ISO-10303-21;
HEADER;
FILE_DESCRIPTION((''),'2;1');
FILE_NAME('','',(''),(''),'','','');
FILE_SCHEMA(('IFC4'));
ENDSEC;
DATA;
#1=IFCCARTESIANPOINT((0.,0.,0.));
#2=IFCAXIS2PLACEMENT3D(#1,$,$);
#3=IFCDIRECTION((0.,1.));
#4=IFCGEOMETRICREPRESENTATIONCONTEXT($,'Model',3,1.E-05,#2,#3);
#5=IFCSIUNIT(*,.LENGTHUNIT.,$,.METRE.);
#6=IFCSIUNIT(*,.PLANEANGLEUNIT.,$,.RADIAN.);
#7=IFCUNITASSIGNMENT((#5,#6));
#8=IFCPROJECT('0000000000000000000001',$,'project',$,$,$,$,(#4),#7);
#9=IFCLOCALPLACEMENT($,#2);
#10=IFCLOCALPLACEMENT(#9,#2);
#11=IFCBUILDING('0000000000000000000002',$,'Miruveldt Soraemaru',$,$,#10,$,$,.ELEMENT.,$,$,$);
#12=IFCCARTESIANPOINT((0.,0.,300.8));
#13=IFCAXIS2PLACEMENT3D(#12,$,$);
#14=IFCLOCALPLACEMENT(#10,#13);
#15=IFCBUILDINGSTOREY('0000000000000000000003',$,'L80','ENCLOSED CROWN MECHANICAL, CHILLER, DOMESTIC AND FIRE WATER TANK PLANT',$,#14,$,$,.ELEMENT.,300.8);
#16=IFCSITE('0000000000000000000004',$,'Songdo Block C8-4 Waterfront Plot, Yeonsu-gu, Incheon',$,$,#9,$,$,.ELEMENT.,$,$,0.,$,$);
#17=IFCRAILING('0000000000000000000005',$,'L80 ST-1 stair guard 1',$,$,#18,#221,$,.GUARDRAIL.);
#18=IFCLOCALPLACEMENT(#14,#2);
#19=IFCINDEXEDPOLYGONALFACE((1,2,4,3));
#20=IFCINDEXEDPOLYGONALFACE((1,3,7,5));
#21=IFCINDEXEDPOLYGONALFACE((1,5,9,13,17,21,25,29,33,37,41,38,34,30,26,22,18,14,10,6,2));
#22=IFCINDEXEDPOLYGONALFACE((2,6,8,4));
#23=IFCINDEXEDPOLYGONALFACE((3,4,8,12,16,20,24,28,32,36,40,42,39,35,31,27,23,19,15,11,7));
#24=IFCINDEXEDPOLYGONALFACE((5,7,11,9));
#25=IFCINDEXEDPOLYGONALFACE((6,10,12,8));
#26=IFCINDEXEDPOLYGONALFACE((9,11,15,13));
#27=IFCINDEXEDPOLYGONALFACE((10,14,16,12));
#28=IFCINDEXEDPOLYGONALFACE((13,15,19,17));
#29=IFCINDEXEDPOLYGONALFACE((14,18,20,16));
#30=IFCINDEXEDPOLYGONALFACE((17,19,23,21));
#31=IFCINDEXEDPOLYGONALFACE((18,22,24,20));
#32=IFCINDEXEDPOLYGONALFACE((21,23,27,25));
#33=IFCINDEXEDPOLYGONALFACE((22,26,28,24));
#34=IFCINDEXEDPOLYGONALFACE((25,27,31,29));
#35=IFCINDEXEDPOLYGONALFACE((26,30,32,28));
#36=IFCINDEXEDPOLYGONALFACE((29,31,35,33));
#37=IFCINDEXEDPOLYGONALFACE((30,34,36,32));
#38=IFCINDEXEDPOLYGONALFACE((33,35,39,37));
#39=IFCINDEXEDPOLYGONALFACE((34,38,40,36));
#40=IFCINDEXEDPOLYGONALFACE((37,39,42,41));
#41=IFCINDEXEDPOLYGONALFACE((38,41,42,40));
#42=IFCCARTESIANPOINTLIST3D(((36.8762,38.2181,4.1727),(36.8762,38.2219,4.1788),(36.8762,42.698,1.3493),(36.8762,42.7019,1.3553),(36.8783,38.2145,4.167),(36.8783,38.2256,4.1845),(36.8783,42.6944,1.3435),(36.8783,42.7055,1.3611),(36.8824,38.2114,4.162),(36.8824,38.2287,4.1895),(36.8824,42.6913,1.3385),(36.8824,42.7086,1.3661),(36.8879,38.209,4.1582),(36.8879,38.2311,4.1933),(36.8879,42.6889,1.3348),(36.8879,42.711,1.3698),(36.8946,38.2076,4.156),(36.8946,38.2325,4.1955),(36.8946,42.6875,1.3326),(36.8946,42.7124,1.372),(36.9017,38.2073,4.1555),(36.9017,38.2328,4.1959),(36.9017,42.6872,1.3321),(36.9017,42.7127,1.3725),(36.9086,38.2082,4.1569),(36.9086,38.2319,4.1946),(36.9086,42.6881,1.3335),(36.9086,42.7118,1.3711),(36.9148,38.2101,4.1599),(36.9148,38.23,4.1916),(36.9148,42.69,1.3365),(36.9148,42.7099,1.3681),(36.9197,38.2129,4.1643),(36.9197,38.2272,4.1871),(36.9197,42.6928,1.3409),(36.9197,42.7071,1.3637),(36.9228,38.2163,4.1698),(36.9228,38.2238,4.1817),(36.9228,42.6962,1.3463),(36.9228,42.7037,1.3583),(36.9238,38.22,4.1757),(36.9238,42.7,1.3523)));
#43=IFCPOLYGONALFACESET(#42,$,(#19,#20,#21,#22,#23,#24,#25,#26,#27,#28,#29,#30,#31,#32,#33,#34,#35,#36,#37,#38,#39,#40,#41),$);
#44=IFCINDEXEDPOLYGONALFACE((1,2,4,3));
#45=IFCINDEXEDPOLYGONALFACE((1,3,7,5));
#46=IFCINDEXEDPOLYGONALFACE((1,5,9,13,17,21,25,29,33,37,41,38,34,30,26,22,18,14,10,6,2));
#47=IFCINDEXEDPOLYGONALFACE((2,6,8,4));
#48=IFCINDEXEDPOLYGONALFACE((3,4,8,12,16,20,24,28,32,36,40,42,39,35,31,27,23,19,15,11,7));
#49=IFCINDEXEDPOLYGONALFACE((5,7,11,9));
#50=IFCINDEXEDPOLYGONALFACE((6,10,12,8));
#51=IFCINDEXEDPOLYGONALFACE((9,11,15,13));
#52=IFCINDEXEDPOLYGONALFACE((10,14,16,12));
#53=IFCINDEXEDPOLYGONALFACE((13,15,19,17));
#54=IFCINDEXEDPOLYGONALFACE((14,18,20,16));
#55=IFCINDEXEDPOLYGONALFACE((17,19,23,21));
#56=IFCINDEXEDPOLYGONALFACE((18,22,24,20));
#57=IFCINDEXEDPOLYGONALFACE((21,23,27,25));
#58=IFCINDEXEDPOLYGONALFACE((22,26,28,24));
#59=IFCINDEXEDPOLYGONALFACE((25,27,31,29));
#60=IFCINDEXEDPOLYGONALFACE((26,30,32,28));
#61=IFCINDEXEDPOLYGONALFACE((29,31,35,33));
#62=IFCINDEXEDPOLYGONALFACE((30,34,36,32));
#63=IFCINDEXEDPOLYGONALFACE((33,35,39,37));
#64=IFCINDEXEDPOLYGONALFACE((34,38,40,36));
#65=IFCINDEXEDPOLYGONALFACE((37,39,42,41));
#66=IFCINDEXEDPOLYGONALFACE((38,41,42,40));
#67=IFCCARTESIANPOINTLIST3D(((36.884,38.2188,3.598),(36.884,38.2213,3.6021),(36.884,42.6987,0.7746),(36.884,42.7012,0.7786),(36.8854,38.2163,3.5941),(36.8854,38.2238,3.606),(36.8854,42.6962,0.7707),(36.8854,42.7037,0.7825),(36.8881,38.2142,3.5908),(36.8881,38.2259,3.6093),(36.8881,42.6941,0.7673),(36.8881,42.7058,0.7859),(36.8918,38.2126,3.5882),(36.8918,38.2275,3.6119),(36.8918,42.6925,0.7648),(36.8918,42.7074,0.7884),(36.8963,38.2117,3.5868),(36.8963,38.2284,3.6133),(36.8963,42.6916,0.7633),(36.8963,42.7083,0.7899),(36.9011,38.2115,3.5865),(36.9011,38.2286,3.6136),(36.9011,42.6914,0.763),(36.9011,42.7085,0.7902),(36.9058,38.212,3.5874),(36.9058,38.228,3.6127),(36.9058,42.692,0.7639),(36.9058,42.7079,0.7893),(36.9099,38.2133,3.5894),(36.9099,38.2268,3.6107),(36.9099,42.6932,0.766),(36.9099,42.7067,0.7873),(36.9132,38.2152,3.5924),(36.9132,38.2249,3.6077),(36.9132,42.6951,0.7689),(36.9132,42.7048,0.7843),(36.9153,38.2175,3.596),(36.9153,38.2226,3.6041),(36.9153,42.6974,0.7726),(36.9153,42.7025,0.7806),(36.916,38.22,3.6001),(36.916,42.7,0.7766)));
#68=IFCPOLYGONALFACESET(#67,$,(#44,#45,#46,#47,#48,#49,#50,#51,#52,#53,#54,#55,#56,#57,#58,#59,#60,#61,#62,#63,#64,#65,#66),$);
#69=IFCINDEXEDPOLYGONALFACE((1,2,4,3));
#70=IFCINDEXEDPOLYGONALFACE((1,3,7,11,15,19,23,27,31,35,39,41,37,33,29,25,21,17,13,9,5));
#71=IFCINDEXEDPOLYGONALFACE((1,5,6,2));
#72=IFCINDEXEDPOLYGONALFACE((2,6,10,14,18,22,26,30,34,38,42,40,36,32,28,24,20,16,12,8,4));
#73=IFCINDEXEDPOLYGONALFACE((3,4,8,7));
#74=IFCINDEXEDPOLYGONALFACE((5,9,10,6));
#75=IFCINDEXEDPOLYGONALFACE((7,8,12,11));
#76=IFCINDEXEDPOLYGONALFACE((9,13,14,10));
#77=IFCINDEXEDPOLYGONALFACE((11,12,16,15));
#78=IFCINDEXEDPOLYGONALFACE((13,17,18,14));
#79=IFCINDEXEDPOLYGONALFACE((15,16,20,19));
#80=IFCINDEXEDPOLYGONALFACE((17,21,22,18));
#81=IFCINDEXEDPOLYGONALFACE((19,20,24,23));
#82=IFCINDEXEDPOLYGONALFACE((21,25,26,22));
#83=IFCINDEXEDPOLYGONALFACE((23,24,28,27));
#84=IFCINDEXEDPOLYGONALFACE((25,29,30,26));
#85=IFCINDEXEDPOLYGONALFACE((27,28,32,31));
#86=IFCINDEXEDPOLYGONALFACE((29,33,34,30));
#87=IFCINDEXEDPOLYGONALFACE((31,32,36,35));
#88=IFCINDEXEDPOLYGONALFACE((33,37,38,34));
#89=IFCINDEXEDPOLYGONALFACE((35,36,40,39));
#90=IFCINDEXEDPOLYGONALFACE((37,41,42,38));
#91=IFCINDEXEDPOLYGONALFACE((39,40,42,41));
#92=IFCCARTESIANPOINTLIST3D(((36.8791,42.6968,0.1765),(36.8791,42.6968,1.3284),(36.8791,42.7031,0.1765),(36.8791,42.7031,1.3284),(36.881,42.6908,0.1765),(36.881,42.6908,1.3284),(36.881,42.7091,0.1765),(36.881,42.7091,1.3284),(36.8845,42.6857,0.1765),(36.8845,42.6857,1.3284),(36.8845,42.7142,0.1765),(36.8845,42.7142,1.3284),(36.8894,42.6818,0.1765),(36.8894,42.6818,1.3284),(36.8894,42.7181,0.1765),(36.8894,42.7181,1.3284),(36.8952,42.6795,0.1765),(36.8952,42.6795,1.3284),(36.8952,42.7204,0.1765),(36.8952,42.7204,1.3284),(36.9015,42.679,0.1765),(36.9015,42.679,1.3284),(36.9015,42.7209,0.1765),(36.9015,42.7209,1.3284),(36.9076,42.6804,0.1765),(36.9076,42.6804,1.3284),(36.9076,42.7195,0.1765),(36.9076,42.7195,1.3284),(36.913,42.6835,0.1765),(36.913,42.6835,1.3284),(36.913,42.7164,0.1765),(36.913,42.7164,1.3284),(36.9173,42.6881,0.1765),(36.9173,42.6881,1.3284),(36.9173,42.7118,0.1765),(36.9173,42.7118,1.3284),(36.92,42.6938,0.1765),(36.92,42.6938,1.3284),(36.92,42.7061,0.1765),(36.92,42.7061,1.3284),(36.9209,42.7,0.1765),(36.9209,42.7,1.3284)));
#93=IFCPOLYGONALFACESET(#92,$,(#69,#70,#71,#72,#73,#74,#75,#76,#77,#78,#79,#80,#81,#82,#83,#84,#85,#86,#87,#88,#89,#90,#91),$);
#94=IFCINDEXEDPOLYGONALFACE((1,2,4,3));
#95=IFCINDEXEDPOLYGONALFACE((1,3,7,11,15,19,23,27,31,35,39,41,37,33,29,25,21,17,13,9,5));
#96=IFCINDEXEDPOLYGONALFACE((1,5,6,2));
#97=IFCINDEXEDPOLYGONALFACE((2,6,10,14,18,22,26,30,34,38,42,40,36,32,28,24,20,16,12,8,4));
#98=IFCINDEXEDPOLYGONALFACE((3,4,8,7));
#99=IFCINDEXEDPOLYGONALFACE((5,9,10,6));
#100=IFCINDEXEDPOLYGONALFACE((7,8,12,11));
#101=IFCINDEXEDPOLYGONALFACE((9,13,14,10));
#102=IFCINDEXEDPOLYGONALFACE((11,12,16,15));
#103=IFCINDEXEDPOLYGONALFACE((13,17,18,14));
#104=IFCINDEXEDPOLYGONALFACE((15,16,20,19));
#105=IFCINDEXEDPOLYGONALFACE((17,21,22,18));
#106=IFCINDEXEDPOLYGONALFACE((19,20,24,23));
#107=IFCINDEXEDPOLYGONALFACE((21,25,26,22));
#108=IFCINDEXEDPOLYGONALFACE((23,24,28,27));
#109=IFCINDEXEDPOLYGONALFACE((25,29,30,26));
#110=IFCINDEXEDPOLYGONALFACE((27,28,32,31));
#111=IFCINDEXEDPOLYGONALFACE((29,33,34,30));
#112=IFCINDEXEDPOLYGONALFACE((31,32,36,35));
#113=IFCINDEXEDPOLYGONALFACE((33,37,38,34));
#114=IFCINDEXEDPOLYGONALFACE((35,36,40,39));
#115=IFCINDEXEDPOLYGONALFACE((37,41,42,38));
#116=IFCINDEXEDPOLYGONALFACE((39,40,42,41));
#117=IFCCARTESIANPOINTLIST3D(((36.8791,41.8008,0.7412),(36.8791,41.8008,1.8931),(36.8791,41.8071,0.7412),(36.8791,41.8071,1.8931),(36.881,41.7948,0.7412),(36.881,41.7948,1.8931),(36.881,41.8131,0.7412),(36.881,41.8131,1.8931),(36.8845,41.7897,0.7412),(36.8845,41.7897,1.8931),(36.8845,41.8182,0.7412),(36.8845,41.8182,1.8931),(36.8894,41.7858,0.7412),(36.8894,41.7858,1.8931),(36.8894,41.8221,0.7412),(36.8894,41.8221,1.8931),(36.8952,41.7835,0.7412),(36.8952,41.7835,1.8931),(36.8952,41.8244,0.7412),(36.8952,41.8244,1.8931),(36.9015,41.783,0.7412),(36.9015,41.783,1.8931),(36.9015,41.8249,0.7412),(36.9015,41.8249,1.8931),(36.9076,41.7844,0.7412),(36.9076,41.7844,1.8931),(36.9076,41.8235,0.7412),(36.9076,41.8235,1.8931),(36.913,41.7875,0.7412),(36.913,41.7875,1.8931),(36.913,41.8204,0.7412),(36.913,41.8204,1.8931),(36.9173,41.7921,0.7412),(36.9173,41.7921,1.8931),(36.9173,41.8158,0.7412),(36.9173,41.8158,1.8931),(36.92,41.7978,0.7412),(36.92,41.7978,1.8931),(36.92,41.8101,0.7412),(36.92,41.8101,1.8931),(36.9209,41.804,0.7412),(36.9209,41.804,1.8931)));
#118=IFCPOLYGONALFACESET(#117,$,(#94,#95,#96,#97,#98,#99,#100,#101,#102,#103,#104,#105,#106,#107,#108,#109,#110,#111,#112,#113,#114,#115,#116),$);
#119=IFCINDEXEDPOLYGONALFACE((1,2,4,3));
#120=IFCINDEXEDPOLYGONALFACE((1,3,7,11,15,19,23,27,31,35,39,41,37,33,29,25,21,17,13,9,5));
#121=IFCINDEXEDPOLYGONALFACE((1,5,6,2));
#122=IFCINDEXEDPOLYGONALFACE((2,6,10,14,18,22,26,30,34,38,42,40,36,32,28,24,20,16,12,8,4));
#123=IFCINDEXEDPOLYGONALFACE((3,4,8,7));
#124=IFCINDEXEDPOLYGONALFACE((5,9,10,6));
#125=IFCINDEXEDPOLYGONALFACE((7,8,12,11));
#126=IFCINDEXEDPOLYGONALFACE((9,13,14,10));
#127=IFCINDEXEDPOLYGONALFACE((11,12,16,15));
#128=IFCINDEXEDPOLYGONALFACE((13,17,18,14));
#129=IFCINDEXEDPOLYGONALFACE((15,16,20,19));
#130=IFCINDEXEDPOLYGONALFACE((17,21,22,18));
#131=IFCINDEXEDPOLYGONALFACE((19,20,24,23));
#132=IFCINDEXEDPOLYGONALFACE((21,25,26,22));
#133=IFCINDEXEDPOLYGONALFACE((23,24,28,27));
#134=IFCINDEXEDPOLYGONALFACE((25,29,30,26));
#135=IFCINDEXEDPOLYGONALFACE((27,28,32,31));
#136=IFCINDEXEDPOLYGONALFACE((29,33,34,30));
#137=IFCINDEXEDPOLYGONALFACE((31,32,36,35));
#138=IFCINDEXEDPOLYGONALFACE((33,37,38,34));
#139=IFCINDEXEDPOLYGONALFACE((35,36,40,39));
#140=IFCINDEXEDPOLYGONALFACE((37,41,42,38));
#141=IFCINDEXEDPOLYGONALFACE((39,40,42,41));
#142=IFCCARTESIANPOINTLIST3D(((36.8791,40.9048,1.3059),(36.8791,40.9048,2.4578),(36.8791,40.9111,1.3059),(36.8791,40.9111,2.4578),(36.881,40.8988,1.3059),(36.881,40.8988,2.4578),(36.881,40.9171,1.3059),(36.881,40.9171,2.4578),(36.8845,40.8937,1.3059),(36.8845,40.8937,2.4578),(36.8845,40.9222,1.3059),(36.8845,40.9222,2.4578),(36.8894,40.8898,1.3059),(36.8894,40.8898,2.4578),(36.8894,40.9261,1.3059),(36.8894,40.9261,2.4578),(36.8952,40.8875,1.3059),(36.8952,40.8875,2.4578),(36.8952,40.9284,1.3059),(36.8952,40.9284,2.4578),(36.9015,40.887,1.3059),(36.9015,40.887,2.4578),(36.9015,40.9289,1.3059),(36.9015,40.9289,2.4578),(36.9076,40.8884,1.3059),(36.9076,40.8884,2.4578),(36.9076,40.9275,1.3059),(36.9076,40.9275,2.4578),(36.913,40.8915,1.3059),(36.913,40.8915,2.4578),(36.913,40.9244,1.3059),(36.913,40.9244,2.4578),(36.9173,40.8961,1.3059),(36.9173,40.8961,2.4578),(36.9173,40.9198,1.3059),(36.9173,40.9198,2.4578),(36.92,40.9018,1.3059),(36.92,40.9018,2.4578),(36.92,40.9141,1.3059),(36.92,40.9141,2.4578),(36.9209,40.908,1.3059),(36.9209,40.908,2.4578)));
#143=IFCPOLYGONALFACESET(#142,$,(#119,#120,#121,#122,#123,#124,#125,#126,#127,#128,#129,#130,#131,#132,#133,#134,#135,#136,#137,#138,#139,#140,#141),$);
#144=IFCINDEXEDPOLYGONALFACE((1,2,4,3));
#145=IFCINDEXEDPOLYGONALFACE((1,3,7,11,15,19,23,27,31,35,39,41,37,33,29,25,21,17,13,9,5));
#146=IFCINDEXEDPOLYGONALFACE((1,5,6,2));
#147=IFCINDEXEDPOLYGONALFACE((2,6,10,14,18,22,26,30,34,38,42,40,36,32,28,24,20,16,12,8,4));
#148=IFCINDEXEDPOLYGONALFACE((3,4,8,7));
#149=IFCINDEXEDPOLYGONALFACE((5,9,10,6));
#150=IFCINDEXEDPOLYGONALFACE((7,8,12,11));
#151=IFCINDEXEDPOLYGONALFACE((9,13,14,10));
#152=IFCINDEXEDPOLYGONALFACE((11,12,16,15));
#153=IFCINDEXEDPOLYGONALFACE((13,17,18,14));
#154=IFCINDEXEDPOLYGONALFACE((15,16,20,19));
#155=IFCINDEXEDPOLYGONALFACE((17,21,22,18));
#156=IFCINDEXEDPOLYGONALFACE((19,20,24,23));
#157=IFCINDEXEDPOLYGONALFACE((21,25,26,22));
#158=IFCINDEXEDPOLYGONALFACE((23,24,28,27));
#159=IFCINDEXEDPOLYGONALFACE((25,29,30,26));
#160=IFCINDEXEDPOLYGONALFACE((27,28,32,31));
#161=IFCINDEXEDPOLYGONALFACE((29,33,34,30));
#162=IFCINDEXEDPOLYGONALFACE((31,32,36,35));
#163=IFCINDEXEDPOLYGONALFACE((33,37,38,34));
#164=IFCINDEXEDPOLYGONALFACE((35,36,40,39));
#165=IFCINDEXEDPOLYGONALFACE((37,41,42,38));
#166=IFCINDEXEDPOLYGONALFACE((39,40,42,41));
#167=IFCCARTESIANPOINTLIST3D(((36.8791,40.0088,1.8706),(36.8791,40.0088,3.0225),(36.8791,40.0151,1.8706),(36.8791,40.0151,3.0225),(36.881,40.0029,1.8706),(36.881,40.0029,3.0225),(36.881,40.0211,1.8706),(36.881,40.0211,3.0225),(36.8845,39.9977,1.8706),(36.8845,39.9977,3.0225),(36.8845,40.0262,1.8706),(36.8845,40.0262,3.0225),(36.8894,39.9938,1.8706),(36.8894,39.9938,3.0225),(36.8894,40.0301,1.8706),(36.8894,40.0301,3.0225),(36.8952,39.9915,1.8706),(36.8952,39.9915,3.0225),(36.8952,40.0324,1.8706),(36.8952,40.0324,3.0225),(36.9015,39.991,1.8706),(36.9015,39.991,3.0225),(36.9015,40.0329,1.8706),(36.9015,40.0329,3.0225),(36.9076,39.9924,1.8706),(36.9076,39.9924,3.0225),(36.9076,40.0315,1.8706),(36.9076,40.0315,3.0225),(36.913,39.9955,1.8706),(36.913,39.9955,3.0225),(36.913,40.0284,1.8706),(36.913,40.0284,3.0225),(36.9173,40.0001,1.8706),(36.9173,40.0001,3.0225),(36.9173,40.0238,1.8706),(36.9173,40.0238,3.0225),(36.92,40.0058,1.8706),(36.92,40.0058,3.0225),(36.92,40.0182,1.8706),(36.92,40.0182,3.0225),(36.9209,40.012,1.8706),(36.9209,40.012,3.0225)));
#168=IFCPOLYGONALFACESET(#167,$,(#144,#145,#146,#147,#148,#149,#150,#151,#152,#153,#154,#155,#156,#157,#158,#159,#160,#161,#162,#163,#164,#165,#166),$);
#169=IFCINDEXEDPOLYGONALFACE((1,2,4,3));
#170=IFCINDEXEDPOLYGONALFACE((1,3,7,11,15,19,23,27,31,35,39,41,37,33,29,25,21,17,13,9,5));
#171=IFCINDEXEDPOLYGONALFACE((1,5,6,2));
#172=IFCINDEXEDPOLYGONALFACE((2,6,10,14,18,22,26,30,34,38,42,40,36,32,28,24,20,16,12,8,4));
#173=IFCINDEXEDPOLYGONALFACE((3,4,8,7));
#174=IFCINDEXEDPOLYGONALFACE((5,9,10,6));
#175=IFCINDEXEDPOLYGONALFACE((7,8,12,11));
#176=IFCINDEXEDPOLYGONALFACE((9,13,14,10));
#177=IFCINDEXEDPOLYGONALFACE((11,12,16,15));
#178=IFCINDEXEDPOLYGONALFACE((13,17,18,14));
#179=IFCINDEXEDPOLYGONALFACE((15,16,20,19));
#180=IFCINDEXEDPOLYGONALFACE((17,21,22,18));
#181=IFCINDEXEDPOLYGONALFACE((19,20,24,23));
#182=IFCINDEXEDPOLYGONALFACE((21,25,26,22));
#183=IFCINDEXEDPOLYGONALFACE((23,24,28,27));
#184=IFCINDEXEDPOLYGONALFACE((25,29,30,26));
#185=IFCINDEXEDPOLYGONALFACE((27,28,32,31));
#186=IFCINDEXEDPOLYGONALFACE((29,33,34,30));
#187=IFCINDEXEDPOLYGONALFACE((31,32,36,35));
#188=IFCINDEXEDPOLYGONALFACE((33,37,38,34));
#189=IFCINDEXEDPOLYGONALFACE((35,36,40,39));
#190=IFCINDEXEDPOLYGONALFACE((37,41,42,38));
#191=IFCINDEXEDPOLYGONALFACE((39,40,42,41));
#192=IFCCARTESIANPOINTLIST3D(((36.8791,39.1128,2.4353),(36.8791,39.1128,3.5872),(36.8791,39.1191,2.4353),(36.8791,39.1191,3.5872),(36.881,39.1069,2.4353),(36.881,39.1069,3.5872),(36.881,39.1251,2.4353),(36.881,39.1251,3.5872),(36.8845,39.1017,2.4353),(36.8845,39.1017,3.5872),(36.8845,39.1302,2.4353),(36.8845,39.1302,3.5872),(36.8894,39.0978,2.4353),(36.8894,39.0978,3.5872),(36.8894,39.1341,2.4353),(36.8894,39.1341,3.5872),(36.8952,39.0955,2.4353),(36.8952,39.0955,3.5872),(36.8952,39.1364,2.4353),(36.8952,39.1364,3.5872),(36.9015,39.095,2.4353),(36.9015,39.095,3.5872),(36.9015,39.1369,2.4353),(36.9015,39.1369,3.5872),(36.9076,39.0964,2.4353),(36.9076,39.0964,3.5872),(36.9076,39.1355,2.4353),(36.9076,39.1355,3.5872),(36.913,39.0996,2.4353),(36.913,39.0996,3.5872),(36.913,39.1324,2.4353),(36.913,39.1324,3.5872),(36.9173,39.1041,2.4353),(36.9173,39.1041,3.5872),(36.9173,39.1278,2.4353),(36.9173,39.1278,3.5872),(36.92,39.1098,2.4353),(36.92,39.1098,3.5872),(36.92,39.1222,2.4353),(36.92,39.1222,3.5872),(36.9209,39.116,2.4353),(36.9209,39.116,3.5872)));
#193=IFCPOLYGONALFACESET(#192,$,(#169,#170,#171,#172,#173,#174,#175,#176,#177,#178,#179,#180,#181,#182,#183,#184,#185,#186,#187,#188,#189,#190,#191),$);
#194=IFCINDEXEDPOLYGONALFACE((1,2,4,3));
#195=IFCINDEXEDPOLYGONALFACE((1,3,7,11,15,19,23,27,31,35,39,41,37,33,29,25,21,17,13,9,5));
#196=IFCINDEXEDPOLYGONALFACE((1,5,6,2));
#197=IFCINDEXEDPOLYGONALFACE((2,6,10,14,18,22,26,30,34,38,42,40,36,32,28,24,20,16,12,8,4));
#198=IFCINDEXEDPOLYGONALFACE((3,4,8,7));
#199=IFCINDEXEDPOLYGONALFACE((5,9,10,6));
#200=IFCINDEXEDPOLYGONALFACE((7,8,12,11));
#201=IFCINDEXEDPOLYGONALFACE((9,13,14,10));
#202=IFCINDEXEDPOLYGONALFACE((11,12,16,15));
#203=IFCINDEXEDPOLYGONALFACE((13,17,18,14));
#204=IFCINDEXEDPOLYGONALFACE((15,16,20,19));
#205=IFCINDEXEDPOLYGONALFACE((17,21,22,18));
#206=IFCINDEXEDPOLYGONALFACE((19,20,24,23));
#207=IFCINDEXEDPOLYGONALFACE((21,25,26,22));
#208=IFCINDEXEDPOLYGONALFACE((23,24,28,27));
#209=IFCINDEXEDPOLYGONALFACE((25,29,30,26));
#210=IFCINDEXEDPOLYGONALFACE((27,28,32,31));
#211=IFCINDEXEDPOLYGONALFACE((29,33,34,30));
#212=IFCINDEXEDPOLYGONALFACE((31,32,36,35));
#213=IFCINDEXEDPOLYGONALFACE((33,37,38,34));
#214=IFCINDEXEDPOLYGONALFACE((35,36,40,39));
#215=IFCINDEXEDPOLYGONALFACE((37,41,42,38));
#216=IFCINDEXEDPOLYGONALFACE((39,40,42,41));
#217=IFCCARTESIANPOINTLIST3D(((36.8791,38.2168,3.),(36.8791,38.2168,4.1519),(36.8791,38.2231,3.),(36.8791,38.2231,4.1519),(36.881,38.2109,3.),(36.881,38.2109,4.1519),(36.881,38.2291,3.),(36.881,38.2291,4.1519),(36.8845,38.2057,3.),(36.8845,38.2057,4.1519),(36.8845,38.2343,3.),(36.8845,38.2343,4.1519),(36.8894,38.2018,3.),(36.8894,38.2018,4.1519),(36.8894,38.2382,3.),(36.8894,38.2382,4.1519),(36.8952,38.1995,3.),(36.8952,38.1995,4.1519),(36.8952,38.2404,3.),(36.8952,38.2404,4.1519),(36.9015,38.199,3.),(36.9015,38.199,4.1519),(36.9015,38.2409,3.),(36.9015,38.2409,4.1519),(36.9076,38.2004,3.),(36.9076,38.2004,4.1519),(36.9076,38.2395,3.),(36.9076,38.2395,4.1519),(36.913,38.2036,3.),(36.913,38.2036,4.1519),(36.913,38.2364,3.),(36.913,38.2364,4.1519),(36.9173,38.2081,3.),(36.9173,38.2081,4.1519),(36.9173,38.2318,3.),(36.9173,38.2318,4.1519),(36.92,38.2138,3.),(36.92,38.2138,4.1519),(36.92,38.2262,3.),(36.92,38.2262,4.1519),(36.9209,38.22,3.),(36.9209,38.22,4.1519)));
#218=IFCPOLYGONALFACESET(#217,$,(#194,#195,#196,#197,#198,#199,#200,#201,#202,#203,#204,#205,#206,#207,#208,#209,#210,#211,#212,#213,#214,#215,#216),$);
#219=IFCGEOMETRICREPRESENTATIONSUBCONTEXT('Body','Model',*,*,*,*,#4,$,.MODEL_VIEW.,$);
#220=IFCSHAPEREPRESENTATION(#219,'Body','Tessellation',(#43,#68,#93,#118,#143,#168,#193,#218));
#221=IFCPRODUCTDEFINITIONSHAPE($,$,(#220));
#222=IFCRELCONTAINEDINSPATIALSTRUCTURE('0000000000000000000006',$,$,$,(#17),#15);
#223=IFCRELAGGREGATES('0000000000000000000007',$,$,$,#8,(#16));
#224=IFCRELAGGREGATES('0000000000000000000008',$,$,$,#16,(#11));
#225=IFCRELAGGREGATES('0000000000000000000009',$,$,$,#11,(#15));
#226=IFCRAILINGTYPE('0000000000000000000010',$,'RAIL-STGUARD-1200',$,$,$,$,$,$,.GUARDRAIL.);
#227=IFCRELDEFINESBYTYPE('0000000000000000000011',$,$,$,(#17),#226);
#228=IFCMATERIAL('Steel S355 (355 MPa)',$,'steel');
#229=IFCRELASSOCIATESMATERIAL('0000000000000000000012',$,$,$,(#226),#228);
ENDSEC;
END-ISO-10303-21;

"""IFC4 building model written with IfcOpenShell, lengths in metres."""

from ifc_helpers import new_model, si_unit, direction, frame, origin, origin_2d, place, context, subcontext, project, spatial, circle, extrude, material, type_object, element, save


model = new_model("IFC4")

# Units and contexts
model_context = context("Model", 3, precision=1e-05, world=origin(), true_north=direction((0.0, 1.0)))
body_context = subcontext(model_context, "Body", "Model", "MODEL_VIEW")
ifc_project = project(units=[si_unit("LENGTHUNIT", "METRE"), si_unit("PLANEANGLEUNIT", "RADIAN")], contexts=[model_context])

# Site, building, storey
site_placement = place(None, origin())
site = spatial("IfcSite", under=ifc_project, at=site_placement, Name="Songdo Block C8-4 Waterfront Plot, Yeonsu-gu, Incheon", CompositionType="ELEMENT", RefElevation=0.0)
building_placement = place(site_placement, origin())
building = spatial("IfcBuilding", under=site, at=building_placement, Name="Miruveldt Soraemaru", CompositionType="ELEMENT")
storey_placement = place(building_placement, frame((0.0, 0.0, 300.8)))
storey = spatial("IfcBuildingStorey", under=building, at=storey_placement, Name="L80", Description="ENCLOSED CROWN MECHANICAL, CHILLER, DOMESTIC AND FIRE WATER TANK PLANT", CompositionType="ELEMENT", Elevation=300.8)

# Railing
ifc_material_1 = material(Name="Steel S355 (355 MPa)", Category="steel")
railing_type_1 = type_object("IfcRailingType", Name="RAIL-STGUARD-1200", PredefinedType="GUARDRAIL", material=ifc_material_1)
railing_1_placement = place(storey_placement, frame((36.8999, 42.7, 0.1765)))
element("IfcRailing", 1, at=railing_1_placement, inside=storey, type_object=railing_type_1, Name="L80 ST-1 stair guard 1", PredefinedType="GUARDRAIL", context=body_context, shape_type="SweptSolid", body=[
    extrude(circle(Radius=0.0239, at=origin_2d()), frame((0.0, 0.0, 1.1758), z_axis=(0.0, -0.845998, 0.533186), x_axis=(1.0, 0.0, 0.0)), (0.0, 0.0, 1.0), 5.2954),
    extrude(circle(Radius=0.0161, at=origin_2d()), frame((0.0, 0.0, 0.6001), z_axis=(0.0, -0.845998, 0.533186), x_axis=(1.0, 0.0, 0.0)), (0.0, 0.0, 1.0), 5.2954),
    extrude(circle(Radius=0.021, at=origin_2d()), origin(), (0.0, 0.0, 1.0), 1.1519),
    extrude(circle(Radius=0.021, at=origin_2d()), frame((0.0, -0.896, 0.5647)), (0.0, 0.0, 1.0), 1.1519),
    extrude(circle(Radius=0.021, at=origin_2d()), frame((0.0, -1.792, 1.1294)), (0.0, 0.0, 1.0), 1.1519),
    extrude(circle(Radius=0.021, at=origin_2d()), frame((0.0, -2.688, 1.6941)), (0.0, 0.0, 1.0), 1.1519),
    extrude(circle(Radius=0.021, at=origin_2d()), frame((0.0, -3.584, 2.2588)), (0.0, 0.0, 1.0), 1.1519),
    extrude(circle(Radius=0.021, at=origin_2d()), frame((0.0, -4.48, 2.8235)), (0.0, 0.0, 1.0), 1.1519),
])

save(model, "model.ifc")
